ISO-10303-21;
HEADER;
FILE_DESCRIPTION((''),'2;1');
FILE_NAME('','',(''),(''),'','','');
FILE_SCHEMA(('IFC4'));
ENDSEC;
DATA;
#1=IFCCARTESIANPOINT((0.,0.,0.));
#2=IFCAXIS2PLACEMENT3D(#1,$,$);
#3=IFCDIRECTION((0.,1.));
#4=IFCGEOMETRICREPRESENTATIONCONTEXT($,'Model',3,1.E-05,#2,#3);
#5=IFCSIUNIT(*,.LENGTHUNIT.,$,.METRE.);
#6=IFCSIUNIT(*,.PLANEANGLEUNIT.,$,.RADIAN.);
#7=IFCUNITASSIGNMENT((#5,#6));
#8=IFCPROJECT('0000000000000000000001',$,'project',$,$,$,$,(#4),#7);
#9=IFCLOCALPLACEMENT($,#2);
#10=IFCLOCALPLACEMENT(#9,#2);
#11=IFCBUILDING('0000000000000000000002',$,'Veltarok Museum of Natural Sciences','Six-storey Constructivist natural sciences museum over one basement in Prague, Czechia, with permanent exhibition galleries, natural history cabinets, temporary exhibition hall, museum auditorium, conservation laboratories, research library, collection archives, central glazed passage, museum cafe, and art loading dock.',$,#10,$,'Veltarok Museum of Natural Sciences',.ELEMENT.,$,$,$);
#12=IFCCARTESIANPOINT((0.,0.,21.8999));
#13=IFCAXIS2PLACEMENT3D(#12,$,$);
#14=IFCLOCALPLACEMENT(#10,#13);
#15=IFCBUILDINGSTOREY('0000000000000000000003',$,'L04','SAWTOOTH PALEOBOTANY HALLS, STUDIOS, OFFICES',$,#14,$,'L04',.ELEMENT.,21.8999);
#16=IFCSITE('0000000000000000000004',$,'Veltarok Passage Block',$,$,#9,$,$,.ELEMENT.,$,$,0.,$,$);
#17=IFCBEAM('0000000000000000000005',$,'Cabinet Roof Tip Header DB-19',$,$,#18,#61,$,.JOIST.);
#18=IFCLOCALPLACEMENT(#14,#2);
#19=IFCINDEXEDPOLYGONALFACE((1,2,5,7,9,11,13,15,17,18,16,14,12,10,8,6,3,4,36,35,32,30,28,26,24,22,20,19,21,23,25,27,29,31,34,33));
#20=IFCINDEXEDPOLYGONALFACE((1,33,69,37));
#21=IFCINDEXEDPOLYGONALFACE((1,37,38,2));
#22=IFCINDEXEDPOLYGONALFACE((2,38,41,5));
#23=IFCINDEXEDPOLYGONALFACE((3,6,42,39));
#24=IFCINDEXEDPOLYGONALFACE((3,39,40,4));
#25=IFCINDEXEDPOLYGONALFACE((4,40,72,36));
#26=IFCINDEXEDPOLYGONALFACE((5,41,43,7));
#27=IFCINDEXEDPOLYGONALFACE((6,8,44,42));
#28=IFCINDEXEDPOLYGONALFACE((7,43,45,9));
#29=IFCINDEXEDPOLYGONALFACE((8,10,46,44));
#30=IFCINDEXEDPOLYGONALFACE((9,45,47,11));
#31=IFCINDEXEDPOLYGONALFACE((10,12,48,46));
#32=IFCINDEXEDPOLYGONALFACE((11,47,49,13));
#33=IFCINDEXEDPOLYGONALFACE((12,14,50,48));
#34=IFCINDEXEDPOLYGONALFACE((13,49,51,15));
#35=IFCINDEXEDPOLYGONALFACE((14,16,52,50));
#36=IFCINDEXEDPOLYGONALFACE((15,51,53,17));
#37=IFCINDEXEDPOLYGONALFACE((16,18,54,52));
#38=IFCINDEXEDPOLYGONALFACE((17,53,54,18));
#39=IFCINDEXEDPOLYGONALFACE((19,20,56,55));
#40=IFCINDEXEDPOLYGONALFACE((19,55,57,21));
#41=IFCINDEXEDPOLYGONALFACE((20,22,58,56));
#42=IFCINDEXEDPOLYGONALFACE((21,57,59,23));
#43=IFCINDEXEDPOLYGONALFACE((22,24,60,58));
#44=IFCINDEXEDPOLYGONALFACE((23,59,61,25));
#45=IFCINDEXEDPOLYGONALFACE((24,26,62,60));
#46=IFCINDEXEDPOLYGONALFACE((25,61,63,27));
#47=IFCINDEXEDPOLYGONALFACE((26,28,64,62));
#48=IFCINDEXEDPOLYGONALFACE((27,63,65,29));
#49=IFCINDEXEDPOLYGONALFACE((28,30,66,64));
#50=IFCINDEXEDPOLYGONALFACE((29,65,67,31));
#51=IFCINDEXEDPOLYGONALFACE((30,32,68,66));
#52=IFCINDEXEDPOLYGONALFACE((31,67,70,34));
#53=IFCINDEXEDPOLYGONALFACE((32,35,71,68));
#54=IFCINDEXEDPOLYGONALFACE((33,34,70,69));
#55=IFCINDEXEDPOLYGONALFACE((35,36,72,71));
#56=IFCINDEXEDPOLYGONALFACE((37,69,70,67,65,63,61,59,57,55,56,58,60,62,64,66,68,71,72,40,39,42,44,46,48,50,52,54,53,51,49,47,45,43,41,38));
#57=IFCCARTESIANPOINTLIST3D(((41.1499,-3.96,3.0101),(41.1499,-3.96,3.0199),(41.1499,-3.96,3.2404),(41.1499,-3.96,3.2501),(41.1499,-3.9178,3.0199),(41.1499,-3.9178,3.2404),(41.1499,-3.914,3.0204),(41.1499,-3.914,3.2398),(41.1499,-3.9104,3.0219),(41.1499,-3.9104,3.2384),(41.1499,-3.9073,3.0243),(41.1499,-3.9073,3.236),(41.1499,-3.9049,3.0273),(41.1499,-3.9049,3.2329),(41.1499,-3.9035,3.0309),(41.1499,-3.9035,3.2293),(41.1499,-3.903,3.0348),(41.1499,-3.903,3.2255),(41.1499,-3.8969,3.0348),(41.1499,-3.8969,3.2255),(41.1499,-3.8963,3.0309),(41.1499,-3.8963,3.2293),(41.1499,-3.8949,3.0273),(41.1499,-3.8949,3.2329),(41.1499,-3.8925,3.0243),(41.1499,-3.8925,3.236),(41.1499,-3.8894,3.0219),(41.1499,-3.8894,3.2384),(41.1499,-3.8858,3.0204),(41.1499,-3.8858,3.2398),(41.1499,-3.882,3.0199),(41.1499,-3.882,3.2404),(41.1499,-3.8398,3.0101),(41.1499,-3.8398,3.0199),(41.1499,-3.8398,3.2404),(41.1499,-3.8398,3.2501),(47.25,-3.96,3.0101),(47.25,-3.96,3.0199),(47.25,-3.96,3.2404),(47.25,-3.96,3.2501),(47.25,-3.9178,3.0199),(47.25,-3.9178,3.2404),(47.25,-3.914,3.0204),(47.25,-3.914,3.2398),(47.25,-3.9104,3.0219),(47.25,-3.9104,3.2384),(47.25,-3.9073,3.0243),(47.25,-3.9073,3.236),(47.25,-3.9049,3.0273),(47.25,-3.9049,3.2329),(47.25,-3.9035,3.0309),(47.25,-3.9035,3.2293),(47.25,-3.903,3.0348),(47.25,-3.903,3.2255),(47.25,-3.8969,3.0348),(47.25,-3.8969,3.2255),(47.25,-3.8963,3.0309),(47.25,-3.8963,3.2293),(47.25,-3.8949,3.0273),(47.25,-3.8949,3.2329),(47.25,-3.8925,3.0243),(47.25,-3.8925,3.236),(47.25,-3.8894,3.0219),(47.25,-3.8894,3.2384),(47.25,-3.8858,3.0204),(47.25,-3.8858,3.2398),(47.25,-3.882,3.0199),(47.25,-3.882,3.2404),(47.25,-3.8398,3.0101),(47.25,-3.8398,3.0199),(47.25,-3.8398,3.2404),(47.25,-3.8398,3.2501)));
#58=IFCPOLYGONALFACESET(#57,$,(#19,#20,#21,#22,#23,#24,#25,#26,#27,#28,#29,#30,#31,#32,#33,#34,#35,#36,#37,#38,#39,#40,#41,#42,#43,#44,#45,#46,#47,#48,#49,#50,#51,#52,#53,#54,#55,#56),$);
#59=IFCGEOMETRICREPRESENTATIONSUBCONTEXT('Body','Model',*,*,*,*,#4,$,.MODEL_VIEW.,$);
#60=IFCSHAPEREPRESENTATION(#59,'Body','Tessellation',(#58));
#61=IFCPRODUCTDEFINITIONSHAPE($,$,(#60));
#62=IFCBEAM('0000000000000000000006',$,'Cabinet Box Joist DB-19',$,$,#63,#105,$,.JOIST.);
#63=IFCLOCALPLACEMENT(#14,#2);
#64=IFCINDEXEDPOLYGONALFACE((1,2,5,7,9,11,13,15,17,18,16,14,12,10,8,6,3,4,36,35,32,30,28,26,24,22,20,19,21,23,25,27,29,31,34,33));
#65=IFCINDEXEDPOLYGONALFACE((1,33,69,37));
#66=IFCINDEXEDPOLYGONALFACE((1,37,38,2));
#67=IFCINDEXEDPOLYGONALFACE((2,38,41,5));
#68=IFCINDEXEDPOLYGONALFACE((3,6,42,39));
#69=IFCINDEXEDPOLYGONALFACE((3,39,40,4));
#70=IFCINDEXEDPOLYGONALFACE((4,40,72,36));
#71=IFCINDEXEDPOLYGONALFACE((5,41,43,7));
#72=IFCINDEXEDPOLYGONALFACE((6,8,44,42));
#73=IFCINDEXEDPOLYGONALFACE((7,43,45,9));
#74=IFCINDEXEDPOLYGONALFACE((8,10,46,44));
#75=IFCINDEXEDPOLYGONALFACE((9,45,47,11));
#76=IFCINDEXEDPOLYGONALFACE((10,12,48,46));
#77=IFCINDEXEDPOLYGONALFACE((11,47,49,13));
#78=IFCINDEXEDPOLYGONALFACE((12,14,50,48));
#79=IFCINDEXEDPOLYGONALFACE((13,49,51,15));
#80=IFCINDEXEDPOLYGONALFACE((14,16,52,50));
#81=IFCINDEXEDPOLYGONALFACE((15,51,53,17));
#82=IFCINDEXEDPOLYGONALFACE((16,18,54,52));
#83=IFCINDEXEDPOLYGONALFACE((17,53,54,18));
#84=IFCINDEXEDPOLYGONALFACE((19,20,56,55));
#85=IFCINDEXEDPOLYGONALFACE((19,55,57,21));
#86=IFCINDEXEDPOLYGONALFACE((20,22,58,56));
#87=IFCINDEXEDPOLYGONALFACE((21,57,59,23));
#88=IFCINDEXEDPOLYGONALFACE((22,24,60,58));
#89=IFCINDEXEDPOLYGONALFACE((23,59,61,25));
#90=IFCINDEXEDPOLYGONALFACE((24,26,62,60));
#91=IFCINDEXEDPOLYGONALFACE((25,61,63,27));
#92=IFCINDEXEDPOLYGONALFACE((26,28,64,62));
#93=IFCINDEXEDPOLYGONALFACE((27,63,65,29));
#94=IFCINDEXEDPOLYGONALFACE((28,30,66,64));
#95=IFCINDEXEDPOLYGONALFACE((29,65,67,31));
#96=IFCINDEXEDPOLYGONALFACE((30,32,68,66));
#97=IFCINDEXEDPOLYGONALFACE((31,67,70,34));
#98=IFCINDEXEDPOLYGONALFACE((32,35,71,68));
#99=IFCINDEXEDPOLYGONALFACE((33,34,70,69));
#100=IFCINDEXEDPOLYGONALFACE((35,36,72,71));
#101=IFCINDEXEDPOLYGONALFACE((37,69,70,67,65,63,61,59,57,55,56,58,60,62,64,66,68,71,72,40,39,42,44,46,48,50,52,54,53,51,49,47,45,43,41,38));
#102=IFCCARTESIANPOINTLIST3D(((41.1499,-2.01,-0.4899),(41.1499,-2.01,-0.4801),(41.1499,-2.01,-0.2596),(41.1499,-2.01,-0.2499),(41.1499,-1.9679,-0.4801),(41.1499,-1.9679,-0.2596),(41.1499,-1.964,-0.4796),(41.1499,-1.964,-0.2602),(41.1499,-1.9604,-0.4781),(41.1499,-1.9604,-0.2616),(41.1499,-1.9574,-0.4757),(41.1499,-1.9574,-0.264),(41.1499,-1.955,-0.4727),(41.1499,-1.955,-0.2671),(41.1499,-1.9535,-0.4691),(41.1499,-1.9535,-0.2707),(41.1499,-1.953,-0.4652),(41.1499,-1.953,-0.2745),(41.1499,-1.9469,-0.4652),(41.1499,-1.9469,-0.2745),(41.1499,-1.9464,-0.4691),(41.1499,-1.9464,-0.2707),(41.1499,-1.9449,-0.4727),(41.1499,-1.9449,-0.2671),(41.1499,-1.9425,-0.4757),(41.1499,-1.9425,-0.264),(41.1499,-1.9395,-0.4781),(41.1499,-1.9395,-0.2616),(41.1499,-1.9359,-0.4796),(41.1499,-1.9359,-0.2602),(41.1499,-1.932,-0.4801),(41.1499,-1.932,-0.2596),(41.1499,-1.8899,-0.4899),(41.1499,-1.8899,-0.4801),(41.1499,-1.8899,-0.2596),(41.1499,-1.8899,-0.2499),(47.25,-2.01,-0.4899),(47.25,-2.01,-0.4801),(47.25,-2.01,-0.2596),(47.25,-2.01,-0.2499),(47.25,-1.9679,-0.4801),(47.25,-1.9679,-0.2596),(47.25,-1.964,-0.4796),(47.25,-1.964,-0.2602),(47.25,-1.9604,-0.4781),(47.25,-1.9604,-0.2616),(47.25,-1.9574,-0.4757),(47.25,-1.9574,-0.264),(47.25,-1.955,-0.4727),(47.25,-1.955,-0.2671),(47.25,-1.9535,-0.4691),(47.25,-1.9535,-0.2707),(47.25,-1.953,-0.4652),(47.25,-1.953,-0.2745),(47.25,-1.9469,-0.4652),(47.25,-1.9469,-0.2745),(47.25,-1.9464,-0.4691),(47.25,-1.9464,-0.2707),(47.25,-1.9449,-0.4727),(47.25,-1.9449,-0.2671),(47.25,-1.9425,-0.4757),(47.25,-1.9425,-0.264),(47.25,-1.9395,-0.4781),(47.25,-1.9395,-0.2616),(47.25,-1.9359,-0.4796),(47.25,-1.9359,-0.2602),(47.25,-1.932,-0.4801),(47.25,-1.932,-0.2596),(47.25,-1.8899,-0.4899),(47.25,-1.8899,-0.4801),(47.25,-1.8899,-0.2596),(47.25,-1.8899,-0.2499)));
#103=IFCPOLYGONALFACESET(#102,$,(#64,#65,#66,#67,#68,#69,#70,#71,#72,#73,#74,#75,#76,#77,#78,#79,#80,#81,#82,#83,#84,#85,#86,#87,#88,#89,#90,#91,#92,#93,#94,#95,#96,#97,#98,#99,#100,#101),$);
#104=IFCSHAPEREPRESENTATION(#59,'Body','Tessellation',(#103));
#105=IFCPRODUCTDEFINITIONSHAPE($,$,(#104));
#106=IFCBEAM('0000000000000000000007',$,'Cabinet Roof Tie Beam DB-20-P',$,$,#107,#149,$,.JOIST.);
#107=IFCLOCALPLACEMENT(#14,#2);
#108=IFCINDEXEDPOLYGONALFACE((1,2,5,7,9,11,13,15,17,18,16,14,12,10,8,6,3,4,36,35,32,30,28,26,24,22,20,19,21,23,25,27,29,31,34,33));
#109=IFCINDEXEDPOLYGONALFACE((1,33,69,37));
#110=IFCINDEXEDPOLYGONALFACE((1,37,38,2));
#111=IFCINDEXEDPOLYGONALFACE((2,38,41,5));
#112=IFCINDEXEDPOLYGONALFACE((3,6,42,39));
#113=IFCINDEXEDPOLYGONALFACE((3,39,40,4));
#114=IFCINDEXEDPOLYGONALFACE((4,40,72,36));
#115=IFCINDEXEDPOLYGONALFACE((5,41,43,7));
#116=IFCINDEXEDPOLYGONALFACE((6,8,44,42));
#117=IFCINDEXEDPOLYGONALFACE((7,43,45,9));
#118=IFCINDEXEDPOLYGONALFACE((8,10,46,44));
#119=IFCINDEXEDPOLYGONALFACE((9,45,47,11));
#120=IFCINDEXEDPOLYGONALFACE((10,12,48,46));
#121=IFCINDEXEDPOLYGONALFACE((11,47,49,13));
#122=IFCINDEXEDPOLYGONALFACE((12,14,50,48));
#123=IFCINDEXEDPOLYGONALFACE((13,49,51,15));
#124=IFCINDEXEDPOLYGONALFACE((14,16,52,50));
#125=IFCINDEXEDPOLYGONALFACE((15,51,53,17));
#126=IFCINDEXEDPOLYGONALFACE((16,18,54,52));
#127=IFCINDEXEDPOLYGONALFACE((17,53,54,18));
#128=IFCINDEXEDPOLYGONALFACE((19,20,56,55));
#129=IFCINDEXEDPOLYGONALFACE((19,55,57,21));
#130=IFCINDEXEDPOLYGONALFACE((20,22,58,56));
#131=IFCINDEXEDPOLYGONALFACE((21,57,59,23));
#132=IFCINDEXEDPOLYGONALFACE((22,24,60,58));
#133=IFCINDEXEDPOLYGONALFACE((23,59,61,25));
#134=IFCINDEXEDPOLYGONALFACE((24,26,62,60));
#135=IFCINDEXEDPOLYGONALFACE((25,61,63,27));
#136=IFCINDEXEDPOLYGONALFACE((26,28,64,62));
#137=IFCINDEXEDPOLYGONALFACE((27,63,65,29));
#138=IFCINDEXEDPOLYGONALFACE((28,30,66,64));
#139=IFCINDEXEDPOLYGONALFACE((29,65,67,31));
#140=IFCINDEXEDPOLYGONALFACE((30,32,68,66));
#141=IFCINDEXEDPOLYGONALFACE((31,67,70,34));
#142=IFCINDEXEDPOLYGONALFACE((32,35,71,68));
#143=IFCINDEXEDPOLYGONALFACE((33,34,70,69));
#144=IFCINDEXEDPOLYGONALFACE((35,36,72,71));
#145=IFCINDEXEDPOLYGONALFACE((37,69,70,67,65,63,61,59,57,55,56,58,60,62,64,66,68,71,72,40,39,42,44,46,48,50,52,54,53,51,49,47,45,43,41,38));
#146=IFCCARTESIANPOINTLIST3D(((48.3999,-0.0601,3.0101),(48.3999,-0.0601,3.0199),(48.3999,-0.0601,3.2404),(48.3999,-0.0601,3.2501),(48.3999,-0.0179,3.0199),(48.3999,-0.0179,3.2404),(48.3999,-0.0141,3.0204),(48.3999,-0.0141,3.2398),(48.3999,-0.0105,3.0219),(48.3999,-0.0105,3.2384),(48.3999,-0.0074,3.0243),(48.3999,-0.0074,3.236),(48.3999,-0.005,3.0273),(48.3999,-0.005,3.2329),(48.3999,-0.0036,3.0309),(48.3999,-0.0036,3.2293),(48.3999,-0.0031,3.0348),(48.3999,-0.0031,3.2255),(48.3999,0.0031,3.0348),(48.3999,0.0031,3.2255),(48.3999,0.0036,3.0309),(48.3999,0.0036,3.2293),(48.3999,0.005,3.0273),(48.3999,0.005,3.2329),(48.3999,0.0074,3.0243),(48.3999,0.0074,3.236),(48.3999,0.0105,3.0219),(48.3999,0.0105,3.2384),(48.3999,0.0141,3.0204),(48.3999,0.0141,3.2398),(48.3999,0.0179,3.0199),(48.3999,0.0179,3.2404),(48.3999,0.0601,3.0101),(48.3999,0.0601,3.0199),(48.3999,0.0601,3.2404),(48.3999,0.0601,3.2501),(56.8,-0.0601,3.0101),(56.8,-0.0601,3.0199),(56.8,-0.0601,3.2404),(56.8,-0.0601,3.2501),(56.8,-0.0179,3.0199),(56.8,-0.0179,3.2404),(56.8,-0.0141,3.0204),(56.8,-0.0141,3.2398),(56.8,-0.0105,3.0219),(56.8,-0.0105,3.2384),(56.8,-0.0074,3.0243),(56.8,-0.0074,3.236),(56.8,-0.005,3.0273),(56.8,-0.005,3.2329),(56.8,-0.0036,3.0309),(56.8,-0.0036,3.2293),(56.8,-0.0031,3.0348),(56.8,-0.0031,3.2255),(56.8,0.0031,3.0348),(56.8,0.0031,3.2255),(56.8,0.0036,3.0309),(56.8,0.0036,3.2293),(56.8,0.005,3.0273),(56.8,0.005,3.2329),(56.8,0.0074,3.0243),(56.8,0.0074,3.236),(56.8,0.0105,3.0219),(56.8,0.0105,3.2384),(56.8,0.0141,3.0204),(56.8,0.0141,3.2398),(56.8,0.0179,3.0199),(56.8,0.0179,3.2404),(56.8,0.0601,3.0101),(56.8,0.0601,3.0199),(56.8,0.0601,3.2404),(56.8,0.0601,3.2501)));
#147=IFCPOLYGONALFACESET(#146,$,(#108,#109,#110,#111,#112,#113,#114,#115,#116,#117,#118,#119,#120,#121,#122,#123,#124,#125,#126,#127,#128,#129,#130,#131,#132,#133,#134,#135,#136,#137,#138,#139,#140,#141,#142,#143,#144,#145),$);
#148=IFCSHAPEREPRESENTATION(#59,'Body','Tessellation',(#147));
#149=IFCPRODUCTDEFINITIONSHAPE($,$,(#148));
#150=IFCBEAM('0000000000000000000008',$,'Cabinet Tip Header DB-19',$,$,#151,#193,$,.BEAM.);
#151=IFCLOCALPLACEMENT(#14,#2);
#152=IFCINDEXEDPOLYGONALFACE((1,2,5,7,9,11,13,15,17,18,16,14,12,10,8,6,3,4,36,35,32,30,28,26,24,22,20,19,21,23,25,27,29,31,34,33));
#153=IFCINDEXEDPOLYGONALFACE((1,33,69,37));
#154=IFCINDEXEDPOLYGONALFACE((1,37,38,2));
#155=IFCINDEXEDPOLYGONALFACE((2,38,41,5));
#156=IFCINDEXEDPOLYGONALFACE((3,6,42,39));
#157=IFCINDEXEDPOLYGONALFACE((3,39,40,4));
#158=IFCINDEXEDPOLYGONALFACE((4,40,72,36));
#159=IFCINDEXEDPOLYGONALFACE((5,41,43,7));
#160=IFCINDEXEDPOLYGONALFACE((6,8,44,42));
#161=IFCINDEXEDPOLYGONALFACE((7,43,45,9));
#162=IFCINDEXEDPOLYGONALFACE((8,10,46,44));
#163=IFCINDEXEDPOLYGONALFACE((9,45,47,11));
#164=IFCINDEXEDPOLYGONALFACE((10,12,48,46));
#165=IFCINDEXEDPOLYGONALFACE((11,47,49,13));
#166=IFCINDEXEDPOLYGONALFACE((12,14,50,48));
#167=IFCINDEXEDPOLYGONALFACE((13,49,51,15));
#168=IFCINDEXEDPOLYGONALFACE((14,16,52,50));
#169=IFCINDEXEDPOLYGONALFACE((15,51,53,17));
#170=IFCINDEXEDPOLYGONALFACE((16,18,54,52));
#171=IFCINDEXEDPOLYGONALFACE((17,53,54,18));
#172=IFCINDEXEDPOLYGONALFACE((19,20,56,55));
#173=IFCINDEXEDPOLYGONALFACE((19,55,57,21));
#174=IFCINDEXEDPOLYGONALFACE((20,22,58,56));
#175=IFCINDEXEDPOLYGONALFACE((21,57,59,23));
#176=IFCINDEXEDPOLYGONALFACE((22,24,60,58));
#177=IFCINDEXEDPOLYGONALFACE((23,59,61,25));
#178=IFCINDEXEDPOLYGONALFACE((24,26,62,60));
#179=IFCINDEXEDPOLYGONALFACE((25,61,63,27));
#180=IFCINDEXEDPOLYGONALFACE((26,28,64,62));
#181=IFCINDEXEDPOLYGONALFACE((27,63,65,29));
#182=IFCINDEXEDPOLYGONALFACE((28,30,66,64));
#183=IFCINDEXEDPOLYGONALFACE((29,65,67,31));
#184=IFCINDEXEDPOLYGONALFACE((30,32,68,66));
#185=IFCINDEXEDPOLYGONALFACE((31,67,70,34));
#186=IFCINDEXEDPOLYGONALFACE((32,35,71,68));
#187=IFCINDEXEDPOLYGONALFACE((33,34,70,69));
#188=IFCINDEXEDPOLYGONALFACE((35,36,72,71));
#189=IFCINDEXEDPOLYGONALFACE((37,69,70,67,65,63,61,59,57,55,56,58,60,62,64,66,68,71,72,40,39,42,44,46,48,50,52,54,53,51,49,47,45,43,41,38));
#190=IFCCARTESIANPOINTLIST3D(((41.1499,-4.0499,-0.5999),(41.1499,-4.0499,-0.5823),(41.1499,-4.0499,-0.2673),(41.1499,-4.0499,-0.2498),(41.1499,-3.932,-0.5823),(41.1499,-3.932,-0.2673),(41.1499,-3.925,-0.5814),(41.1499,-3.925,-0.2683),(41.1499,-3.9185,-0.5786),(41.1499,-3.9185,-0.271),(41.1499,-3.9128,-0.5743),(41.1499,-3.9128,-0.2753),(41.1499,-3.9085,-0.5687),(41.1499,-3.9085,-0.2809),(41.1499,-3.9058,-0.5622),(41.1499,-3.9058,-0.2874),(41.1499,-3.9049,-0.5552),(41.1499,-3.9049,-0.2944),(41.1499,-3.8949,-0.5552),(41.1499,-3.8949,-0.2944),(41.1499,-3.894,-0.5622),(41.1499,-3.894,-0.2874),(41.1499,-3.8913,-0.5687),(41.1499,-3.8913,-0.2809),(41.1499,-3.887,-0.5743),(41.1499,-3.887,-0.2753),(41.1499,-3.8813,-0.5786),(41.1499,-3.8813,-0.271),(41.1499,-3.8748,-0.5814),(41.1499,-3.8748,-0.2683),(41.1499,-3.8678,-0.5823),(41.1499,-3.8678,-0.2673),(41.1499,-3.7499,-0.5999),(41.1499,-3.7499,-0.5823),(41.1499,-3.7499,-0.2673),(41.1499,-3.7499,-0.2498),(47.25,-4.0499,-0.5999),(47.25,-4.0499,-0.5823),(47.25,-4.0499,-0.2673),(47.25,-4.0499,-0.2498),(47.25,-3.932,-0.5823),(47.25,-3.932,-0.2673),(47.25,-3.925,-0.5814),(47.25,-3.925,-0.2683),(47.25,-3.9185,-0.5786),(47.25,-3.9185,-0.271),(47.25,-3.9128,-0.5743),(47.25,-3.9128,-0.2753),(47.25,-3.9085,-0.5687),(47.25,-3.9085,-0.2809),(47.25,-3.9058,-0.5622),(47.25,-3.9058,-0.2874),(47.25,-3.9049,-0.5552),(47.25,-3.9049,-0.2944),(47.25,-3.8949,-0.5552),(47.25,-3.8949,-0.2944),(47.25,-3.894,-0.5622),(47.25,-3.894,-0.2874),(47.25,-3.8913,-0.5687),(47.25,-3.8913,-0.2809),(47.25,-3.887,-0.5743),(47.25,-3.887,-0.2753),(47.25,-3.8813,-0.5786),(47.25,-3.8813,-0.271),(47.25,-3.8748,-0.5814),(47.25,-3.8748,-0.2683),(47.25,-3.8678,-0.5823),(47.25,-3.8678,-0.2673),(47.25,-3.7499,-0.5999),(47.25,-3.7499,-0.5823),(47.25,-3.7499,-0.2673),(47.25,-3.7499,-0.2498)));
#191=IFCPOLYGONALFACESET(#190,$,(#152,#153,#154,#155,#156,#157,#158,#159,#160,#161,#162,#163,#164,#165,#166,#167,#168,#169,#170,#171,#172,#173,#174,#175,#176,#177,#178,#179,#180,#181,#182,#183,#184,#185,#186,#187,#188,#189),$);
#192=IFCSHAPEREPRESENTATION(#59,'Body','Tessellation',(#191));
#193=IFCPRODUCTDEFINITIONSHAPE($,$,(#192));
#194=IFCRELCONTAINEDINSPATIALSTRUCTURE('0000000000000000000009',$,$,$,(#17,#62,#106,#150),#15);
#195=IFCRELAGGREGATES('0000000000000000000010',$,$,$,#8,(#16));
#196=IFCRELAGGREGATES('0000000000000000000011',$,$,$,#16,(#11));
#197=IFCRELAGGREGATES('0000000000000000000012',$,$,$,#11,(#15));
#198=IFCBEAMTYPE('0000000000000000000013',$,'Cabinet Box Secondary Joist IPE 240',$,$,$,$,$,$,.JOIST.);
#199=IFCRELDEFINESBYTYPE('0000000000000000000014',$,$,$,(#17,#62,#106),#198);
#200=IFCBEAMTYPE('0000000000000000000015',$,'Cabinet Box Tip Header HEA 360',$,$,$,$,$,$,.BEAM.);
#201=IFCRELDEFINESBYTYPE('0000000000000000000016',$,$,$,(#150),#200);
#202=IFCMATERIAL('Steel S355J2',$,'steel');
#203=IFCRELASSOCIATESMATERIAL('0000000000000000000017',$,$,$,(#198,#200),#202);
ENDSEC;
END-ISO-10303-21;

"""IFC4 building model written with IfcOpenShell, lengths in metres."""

from ifc_helpers import new_model, si_unit, direction, frame, origin, origin_2d, place, context, subcontext, project, spatial, i_section, extrude, material, material_profile, profile_set, type_object, element, save


model = new_model("IFC4")

# Units and contexts
model_context = context("Model", 3, precision=1e-05, world=origin(), true_north=direction((0.0, 1.0)))
body_context = subcontext(model_context, "Body", "Model", "MODEL_VIEW")
ifc_project = project(units=[si_unit("LENGTHUNIT", "METRE"), si_unit("PLANEANGLEUNIT", "RADIAN")], contexts=[model_context])

# Site, building, storey
site_placement = place(None, origin())
site = spatial("IfcSite", under=ifc_project, at=site_placement, Name="Veltarok Passage Block", CompositionType="ELEMENT", RefElevation=0.0)
building_placement = place(site_placement, origin())
building = spatial("IfcBuilding", under=site, at=building_placement, Name="Veltarok Museum of Natural Sciences", Description="Six-storey Constructivist natural sciences museum over one basement in Prague, Czechia, with permanent exhibition galleries, natural history cabinets, temporary exhibition hall, museum auditorium, conservation laboratories, research library, collection archives, central glazed passage, museum cafe, and art loading dock.", LongName="Veltarok Museum of Natural Sciences", CompositionType="ELEMENT")
storey_placement = place(building_placement, frame((0.0, 0.0, 21.8999)))
storey = spatial("IfcBuildingStorey", under=building, at=storey_placement, Name="L04", Description="SAWTOOTH PALEOBOTANY HALLS, STUDIOS, OFFICES", LongName="L04", CompositionType="ELEMENT", Elevation=21.8999)

# Shared definitions
ifc_material_1 = material(Name="Steel S355J2", Category="steel")

# Beams
ifc_material_profile_1 = material_profile(ifc_material_1, i_section(OverallWidth=0.1201, OverallDepth=0.24, WebThickness=0.0061, FlangeThickness=0.0098, FilletRadius=0.0149, at=origin_2d()), Name="IPE 240")
ifc_profile_set_1 = profile_set([ifc_material_profile_1], Name="Steel S355J2")
beam_type_1 = type_object("IfcBeamType", Name="Cabinet Box Secondary Joist IPE 240", PredefinedType="JOIST", material=ifc_profile_set_1)
for number, where, z_axis, x_axis, name in (
    (1, (41.1499, -3.8999, 3.1301), (1.0, 0.0, 0.0), (0.0, 1.0, 0.0), "Cabinet Roof Tip Header DB-19"),
    (2, (41.1499, -1.95, -0.3699), (1.0, 0.0, 0.0), (0.0, 1.0, 0.0), "Cabinet Box Joist DB-19"),
):
    element("IfcBeam", number, at=place(storey_placement, frame(where, z_axis=z_axis, x_axis=x_axis)), inside=storey, type_object=beam_type_1, Name=name, PredefinedType="JOIST", context=body_context, shape_type="SweptSolid", body=[
        extrude(i_section(OverallWidth=0.1201, OverallDepth=0.24, WebThickness=0.0061, FlangeThickness=0.0098, FilletRadius=0.0149, at=origin_2d()), origin(), (0.0, 0.0, 1.0), 6.1001),
    ])
beam_1_placement = place(storey_placement, frame((48.3999, 0.0, 3.1301), z_axis=(1.0, 0.0, 0.0), x_axis=(0.0, 1.0, 0.0)))
element("IfcBeam", 3, at=beam_1_placement, inside=storey, type_object=beam_type_1, Name="Cabinet Roof Tie Beam DB-20-P", PredefinedType="JOIST", context=body_context, shape_type="SweptSolid", body=[
    extrude(i_section(OverallWidth=0.1201, OverallDepth=0.24, WebThickness=0.0061, FlangeThickness=0.0098, FilletRadius=0.0149, at=origin_2d()), origin(), (0.0, 0.0, 1.0), 8.4001),
])
ifc_material_profile_2 = material_profile(ifc_material_1, i_section(OverallWidth=0.3, OverallDepth=0.3501, WebThickness=0.01, FlangeThickness=0.0176, FilletRadius=0.0271, at=origin_2d()), Name="HEA 360")
ifc_profile_set_2 = profile_set([ifc_material_profile_2], Name="Steel S355J2")
beam_type_2 = type_object("IfcBeamType", Name="Cabinet Box Tip Header HEA 360", PredefinedType="BEAM", material=ifc_profile_set_2)
beam_2_placement = place(storey_placement, frame((41.1499, -3.8999, -0.4248), z_axis=(1.0, 0.0, 0.0), x_axis=(0.0, 1.0, 0.0)))
element("IfcBeam", 4, at=beam_2_placement, inside=storey, type_object=beam_type_2, Name="Cabinet Tip Header DB-19", PredefinedType="BEAM", context=body_context, shape_type="SweptSolid", body=[
    extrude(i_section(OverallWidth=0.3, OverallDepth=0.3501, WebThickness=0.01, FlangeThickness=0.0176, FilletRadius=0.0271, at=origin_2d()), origin(), (0.0, 0.0, 1.0), 6.1001),
])

save(model, "model.ifc")
